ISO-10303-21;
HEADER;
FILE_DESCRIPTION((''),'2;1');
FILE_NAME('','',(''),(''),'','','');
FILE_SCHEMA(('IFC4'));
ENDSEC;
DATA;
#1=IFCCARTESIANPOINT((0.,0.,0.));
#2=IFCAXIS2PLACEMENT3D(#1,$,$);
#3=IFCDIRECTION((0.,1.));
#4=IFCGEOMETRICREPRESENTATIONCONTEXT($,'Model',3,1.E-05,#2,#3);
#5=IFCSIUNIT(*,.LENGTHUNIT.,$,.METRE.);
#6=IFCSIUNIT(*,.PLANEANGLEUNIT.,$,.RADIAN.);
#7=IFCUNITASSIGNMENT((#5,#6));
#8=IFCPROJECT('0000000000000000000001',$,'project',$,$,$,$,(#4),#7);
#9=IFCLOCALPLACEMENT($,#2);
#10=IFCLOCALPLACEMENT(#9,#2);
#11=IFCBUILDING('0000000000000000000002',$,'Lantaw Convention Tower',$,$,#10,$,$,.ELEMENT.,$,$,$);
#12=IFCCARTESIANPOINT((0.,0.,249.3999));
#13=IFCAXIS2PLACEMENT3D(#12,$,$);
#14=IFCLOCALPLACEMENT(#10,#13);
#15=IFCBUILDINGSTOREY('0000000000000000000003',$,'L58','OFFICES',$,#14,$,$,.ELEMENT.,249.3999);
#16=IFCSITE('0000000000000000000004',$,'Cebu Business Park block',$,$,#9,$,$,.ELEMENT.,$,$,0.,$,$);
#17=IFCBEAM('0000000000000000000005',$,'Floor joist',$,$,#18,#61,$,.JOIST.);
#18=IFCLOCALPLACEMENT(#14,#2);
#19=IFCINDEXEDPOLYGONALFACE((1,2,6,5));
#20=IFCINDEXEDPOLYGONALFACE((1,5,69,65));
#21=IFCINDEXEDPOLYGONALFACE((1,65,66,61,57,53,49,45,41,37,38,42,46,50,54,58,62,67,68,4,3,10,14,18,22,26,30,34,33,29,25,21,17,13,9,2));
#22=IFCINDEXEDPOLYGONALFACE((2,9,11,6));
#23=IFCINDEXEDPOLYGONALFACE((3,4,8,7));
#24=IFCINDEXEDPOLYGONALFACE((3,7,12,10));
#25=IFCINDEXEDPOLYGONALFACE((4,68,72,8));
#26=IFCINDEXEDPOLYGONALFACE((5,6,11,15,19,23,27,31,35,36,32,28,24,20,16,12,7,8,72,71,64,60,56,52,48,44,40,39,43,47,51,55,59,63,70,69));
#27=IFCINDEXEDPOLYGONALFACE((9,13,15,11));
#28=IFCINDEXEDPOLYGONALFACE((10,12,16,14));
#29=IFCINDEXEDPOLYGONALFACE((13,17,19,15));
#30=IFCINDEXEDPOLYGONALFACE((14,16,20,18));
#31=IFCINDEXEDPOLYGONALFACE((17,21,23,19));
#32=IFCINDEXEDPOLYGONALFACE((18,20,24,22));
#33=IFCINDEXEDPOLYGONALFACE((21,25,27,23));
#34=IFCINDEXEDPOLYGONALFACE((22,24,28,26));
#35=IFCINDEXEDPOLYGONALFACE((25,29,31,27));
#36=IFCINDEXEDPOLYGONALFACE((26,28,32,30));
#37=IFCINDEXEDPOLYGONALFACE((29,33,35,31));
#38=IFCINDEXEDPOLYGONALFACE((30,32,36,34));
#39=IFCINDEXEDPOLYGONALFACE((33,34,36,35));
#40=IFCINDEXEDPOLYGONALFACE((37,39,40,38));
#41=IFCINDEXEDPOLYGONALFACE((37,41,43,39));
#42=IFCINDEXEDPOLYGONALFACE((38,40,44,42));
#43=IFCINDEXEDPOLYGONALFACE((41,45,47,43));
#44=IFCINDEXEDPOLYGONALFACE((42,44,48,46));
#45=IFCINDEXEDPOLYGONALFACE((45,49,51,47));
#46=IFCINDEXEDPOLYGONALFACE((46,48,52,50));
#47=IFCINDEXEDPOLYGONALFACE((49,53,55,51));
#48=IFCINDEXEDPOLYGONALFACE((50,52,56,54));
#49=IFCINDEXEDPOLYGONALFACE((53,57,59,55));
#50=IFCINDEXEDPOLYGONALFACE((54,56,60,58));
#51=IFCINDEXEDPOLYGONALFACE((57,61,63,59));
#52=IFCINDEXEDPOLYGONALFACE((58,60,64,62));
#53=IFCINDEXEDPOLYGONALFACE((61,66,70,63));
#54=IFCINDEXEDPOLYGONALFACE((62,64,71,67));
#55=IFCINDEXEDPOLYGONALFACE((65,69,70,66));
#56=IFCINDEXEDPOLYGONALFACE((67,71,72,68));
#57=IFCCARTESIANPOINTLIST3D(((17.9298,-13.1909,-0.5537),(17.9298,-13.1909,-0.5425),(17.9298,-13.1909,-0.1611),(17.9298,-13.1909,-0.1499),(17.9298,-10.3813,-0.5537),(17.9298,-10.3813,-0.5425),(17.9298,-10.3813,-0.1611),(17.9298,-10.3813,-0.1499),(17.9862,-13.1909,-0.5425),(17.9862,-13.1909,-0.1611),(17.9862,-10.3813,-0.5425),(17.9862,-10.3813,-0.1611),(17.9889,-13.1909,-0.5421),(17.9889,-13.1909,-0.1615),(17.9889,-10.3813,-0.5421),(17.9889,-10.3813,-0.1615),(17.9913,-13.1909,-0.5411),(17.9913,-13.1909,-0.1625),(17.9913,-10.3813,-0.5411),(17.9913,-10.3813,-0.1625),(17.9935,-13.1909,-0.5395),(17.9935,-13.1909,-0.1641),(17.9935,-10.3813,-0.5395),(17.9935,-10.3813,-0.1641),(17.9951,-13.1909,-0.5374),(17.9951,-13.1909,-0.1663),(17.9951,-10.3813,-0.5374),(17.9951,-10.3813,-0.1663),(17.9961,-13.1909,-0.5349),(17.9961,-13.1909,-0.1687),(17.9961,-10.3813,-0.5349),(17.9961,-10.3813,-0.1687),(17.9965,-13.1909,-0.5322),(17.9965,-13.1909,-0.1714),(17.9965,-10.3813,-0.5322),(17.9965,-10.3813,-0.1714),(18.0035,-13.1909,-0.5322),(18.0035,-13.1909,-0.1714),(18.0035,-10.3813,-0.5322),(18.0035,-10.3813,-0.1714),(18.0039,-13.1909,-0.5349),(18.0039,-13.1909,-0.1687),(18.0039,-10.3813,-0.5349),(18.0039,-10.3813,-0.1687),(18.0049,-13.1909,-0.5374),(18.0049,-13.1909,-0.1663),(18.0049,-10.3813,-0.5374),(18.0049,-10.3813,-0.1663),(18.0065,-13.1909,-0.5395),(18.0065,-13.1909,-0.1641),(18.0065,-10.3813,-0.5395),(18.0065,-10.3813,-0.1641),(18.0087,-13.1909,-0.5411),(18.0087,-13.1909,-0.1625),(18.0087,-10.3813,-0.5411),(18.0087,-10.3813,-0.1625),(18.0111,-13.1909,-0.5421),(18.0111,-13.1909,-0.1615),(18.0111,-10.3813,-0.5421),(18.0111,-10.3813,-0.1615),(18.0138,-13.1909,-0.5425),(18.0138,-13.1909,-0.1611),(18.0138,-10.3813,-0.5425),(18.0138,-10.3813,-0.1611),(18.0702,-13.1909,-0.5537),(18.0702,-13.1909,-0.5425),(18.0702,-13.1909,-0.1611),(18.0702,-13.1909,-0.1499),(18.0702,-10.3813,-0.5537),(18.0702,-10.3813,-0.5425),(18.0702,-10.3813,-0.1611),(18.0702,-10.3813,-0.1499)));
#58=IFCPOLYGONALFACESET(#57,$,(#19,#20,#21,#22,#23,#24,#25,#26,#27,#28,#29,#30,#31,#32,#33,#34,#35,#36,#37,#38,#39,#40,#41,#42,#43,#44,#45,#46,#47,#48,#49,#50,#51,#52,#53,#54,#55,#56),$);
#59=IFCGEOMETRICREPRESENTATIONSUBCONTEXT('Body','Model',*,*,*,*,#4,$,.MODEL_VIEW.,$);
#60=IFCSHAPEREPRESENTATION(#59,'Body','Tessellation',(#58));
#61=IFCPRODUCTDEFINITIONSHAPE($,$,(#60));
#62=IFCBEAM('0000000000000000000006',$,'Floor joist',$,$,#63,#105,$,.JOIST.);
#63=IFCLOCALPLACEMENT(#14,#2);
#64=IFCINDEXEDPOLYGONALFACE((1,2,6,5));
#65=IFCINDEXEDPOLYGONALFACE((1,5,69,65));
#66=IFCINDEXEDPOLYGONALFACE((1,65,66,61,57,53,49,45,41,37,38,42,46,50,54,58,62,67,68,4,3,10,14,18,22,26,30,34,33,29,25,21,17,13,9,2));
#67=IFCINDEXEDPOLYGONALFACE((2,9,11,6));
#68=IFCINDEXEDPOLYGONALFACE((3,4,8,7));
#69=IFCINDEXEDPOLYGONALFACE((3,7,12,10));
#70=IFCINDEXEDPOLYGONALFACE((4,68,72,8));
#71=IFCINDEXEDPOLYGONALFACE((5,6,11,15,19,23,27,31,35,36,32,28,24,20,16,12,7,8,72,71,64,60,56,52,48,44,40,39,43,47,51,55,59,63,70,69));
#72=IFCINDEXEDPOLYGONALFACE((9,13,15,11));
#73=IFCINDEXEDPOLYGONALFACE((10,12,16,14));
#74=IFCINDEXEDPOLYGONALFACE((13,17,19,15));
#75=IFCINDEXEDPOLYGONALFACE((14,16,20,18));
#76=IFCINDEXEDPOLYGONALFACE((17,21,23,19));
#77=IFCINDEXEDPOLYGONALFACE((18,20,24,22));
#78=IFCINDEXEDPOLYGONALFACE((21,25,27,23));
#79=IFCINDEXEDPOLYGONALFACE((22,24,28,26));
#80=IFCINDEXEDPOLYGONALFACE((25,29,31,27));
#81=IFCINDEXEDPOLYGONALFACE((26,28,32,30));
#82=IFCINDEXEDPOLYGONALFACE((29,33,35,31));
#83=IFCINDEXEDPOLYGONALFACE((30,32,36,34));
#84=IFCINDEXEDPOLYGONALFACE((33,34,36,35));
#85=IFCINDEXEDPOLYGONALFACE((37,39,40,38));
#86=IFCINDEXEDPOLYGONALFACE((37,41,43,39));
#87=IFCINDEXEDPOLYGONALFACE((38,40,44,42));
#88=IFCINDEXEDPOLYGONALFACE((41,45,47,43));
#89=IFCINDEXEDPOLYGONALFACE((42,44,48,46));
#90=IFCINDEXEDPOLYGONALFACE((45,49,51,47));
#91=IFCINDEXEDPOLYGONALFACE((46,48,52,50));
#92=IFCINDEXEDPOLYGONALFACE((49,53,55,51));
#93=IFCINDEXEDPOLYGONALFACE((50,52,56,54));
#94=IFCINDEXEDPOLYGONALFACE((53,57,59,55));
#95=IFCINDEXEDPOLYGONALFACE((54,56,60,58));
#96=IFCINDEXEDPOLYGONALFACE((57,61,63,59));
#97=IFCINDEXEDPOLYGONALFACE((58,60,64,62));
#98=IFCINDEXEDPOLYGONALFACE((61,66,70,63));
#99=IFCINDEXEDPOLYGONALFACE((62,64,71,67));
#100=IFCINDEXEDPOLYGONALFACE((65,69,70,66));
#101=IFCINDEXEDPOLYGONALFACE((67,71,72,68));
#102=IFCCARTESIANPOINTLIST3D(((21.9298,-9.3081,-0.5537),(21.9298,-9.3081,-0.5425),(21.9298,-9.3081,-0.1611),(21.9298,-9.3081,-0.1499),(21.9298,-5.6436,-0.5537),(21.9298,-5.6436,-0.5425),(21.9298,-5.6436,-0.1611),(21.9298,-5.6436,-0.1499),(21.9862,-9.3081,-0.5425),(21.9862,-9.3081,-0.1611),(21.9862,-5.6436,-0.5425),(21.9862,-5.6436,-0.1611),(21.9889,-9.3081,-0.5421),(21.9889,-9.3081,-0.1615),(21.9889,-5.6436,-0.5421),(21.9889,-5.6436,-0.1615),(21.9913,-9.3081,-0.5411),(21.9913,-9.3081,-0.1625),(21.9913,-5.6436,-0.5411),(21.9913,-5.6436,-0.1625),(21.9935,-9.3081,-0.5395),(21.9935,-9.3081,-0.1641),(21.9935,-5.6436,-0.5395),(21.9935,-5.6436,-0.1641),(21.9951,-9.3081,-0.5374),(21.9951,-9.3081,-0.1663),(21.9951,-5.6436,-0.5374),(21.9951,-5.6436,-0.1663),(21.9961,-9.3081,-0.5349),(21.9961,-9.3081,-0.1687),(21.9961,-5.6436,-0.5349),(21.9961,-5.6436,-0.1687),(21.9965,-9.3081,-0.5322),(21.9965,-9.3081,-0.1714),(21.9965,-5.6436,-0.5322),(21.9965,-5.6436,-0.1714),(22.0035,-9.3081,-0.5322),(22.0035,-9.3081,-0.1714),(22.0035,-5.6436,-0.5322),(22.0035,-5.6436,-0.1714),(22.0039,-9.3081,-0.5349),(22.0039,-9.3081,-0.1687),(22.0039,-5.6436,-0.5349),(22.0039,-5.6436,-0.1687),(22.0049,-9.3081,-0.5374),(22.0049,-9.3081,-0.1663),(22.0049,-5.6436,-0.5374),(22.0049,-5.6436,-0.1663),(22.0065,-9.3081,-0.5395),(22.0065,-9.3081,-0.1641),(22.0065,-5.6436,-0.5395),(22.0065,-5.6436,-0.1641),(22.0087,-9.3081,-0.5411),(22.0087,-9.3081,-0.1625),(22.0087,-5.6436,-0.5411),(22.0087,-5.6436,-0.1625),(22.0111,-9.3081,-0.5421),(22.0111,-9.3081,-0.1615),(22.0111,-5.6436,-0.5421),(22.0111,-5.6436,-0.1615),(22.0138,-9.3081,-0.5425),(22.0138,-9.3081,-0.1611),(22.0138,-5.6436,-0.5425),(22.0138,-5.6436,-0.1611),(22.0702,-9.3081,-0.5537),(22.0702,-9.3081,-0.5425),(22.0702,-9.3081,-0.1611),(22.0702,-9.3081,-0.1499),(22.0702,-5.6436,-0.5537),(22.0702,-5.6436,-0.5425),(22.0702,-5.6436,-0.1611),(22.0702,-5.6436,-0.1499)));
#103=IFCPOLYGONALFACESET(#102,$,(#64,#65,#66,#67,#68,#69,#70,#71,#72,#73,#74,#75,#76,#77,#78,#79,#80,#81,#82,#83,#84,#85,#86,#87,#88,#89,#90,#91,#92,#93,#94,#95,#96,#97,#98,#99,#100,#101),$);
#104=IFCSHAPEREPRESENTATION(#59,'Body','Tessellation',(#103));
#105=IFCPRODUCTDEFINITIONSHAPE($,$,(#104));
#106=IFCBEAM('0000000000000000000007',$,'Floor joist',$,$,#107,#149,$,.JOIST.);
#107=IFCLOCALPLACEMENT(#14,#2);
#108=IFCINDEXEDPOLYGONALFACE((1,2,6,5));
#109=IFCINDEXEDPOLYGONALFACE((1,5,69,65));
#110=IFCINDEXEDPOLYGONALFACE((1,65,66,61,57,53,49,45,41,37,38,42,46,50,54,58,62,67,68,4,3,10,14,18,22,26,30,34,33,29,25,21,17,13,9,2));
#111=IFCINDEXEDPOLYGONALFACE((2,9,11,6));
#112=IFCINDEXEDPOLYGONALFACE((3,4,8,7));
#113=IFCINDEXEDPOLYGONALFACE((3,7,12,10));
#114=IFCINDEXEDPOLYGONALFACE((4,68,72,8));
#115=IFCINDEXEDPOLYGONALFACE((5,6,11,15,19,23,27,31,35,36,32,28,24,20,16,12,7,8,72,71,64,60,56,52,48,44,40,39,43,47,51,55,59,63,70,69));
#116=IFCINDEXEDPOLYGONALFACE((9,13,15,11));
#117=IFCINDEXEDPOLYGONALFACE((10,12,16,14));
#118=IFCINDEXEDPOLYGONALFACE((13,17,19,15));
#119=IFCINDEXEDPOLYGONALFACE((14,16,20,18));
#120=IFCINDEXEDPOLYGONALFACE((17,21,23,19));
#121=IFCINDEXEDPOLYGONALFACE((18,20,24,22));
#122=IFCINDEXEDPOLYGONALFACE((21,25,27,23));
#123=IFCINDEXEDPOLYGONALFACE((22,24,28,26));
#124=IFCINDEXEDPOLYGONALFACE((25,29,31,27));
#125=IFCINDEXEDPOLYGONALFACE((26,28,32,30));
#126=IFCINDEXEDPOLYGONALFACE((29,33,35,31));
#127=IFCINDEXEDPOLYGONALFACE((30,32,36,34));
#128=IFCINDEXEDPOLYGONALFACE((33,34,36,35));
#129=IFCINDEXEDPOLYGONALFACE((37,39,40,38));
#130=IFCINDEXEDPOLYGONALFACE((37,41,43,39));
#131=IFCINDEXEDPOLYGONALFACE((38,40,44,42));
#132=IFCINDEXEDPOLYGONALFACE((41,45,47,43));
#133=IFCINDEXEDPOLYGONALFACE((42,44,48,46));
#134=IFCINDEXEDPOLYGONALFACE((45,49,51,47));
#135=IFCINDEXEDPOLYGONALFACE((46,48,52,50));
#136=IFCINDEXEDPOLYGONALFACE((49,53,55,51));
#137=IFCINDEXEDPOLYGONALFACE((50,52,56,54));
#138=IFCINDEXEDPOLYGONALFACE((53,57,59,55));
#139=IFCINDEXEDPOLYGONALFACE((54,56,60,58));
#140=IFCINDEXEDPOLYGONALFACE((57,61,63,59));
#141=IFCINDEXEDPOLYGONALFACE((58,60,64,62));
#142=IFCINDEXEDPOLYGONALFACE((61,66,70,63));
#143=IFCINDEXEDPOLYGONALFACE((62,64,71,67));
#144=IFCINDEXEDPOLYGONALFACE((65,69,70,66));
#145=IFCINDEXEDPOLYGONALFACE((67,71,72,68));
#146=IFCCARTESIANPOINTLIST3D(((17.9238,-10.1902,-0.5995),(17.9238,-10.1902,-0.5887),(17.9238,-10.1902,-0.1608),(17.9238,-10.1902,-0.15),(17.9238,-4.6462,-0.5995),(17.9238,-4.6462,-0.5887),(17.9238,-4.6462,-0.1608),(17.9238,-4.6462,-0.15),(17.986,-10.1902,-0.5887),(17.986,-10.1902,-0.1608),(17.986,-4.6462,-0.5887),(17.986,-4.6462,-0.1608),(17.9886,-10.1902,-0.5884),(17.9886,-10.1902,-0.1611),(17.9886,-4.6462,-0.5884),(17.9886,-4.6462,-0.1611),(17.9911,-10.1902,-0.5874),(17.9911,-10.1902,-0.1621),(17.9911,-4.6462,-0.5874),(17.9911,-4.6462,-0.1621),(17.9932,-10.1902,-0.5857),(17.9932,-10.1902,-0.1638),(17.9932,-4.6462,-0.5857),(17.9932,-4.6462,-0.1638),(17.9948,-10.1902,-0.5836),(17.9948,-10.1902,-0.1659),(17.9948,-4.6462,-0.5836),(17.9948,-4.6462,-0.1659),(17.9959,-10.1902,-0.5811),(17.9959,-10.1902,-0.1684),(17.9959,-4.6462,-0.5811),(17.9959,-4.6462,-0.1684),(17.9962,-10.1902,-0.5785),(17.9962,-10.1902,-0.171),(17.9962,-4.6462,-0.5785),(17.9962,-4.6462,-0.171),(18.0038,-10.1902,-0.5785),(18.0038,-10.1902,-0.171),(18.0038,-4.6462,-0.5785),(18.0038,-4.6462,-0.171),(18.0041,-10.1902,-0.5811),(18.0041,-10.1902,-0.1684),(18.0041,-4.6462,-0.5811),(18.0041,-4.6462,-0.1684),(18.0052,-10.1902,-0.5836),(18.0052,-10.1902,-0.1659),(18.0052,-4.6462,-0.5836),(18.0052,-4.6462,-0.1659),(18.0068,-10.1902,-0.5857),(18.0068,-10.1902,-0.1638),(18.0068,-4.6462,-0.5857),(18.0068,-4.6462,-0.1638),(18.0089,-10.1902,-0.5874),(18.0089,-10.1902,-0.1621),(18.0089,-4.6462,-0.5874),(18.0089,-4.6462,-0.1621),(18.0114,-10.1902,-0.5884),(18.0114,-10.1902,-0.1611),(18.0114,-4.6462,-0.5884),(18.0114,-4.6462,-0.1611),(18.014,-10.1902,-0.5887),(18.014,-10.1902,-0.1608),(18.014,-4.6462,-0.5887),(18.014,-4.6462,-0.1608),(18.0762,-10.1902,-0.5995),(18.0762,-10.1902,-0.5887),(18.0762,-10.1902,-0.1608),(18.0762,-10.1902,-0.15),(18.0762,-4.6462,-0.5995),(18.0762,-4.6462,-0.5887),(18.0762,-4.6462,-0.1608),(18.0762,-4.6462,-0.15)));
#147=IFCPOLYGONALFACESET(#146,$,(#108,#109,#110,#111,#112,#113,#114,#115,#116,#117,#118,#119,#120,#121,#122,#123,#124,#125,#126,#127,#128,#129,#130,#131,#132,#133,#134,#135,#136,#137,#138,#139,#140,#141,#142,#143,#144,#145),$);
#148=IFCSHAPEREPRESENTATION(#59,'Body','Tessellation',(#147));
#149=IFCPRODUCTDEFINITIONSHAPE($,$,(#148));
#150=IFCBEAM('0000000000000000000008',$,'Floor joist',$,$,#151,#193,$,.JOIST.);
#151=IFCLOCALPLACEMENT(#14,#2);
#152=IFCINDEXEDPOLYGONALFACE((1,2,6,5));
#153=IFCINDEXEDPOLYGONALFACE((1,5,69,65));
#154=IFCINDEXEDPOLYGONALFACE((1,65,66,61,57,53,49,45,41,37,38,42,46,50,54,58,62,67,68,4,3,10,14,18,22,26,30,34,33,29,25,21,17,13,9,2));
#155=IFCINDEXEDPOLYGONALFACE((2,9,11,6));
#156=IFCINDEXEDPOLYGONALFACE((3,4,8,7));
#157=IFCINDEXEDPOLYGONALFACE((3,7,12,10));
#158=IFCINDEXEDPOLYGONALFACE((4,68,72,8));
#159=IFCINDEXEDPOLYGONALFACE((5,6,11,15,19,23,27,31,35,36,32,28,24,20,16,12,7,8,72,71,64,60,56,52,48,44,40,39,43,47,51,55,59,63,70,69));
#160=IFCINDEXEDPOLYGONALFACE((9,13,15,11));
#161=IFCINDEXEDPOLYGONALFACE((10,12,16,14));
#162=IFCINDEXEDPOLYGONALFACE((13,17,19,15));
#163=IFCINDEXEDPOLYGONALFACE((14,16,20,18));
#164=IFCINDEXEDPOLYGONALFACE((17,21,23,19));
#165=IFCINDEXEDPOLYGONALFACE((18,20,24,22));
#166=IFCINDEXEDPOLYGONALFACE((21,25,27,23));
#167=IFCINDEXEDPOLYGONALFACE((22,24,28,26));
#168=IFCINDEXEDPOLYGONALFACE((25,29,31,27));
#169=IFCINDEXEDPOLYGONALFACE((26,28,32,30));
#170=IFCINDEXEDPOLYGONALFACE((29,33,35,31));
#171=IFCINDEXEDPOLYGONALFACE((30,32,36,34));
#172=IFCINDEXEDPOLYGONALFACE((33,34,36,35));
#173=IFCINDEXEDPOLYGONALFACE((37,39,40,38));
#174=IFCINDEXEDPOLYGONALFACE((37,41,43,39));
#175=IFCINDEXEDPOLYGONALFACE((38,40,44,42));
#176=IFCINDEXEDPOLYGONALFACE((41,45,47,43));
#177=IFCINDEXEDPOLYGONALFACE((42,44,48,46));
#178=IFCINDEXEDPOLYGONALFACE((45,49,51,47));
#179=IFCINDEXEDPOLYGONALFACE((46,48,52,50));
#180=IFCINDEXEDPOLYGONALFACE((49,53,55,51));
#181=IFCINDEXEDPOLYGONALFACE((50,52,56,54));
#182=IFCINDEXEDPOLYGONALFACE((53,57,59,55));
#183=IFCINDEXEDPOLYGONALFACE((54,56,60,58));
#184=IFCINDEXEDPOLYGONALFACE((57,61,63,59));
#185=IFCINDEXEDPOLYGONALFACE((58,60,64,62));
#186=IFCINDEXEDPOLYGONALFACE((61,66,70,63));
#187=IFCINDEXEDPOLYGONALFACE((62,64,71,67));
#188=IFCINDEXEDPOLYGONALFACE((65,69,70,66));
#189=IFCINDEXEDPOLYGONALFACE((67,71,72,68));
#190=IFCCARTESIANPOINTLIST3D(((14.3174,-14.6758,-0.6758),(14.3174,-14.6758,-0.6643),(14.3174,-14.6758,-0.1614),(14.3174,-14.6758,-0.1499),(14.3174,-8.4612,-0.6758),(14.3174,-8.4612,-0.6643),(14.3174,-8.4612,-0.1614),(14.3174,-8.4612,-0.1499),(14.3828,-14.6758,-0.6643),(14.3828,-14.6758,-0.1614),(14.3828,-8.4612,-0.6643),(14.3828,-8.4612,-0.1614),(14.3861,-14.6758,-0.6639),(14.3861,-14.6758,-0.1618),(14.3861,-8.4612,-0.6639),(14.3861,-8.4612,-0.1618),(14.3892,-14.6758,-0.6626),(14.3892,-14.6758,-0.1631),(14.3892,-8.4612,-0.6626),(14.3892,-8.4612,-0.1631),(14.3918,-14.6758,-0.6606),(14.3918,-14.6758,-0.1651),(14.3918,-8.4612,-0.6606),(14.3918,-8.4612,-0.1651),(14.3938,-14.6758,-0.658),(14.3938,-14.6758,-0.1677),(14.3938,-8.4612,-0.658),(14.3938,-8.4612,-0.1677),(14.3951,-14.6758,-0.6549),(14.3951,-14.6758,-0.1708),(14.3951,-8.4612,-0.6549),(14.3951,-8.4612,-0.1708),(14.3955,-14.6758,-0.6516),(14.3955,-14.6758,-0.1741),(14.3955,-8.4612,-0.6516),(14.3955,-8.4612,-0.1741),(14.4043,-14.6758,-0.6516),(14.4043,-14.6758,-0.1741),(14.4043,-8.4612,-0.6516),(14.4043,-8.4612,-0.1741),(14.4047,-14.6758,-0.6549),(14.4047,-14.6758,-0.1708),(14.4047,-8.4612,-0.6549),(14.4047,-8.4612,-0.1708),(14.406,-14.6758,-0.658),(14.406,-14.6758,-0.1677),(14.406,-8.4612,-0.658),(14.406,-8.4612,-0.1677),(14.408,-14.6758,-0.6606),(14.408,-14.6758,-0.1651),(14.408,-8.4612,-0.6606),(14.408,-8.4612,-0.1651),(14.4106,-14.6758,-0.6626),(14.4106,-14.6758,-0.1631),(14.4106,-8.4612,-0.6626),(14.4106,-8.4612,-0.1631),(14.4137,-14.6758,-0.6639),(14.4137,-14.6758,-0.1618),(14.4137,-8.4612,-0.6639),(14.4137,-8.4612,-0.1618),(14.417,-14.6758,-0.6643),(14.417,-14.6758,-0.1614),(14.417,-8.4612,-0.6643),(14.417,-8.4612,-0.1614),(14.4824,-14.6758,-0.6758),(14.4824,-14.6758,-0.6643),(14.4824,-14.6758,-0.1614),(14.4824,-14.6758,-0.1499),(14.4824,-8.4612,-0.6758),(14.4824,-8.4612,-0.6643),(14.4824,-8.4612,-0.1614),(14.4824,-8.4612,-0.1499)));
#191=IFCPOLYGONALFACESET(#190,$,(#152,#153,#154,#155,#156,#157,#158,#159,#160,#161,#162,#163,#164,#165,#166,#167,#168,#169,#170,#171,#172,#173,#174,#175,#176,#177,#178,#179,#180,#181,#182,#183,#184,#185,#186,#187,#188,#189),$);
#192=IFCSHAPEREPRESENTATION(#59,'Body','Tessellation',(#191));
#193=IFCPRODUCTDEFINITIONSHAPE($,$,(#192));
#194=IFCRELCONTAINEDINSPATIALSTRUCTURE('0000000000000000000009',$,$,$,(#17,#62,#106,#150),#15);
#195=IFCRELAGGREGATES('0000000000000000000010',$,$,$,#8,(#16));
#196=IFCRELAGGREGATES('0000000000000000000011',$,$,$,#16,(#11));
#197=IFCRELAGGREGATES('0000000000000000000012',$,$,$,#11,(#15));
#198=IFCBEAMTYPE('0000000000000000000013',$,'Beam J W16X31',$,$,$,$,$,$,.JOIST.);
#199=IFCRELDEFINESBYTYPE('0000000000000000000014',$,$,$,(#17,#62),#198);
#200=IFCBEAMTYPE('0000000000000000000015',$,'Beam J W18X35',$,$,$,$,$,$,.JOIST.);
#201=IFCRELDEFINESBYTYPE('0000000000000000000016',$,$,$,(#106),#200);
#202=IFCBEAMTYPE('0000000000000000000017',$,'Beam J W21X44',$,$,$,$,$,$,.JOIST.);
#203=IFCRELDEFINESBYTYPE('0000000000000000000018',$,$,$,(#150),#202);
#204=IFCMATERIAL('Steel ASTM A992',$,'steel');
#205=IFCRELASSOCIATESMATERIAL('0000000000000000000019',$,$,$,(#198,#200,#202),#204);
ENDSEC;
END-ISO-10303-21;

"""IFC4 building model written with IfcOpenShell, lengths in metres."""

from ifc_helpers import new_model, si_unit, direction, frame, origin, origin_2d, place, context, subcontext, project, spatial, i_section, extrude, material, material_profile, profile_set, type_object, element, save


model = new_model("IFC4")

# Units and contexts
model_context = context("Model", 3, precision=1e-05, world=origin(), true_north=direction((0.0, 1.0)))
body_context = subcontext(model_context, "Body", "Model", "MODEL_VIEW")
ifc_project = project(units=[si_unit("LENGTHUNIT", "METRE"), si_unit("PLANEANGLEUNIT", "RADIAN")], contexts=[model_context])

# Site, building, storey
site_placement = place(None, origin())
site = spatial("IfcSite", under=ifc_project, at=site_placement, Name="Cebu Business Park block", CompositionType="ELEMENT", RefElevation=0.0)
building_placement = place(site_placement, origin())
building = spatial("IfcBuilding", under=site, at=building_placement, Name="Lantaw Convention Tower", CompositionType="ELEMENT")
storey_placement = place(building_placement, frame((0.0, 0.0, 249.3999)))
storey = spatial("IfcBuildingStorey", under=building, at=storey_placement, Name="L58", Description="OFFICES", CompositionType="ELEMENT", Elevation=249.3999)

# Beams
ifc_material_1 = material(Name="Steel ASTM A992", Category="steel")
ifc_material_profile_1 = material_profile(ifc_material_1, i_section(OverallWidth=0.1404, OverallDepth=0.4038, WebThickness=0.0071, FlangeThickness=0.0112, FilletRadius=0.0103, at=origin_2d()), Name="W16X31")
ifc_profile_set_1 = profile_set([ifc_material_profile_1], Name="Steel ASTM A992")
beam_type_1 = type_object("IfcBeamType", Name="Beam J W16X31", PredefinedType="JOIST", material=ifc_profile_set_1)
beam_1_placement = place(storey_placement, frame((18.0, -13.1909, -0.3518), z_axis=(0.0, 1.0, 0.0), x_axis=(-1.0, 0.0, 0.0)))
element("IfcBeam", 1, at=beam_1_placement, inside=storey, type_object=beam_type_1, Name="Floor joist", PredefinedType="JOIST", context=body_context, shape_type="SweptSolid", body=[
    extrude(i_section(OverallWidth=0.1404, OverallDepth=0.4038, WebThickness=0.0071, FlangeThickness=0.0112, FilletRadius=0.0103, at=origin_2d()), origin(), (0.0, 0.0, 1.0), 2.8096),
])
beam_2_placement = place(storey_placement, frame((22.0, -9.3081, -0.3518), z_axis=(0.0, 1.0, 0.0), x_axis=(-1.0, 0.0, 0.0)))
element("IfcBeam", 2, at=beam_2_placement, inside=storey, type_object=beam_type_1, Name="Floor joist", PredefinedType="JOIST", context=body_context, shape_type="SweptSolid", body=[
    extrude(i_section(OverallWidth=0.1404, OverallDepth=0.4038, WebThickness=0.0071, FlangeThickness=0.0112, FilletRadius=0.0103, at=origin_2d()), origin(), (0.0, 0.0, 1.0), 3.6646),
])
ifc_material_profile_2 = material_profile(ifc_material_1, i_section(OverallWidth=0.1523, OverallDepth=0.4495, WebThickness=0.0076, FlangeThickness=0.0107, FilletRadius=0.0103, at=origin_2d()), Name="W18X35")
ifc_profile_set_2 = profile_set([ifc_material_profile_2], Name="Steel ASTM A992")
beam_type_2 = type_object("IfcBeamType", Name="Beam J W18X35", PredefinedType="JOIST", material=ifc_profile_set_2)
beam_3_placement = place(storey_placement, frame((18.0, -10.1902, -0.3748), z_axis=(0.0, 1.0, 0.0), x_axis=(-1.0, 0.0, 0.0)))
element("IfcBeam", 3, at=beam_3_placement, inside=storey, type_object=beam_type_2, Name="Floor joist", PredefinedType="JOIST", context=body_context, shape_type="SweptSolid", body=[
    extrude(i_section(OverallWidth=0.1523, OverallDepth=0.4495, WebThickness=0.0076, FlangeThickness=0.0107, FilletRadius=0.0103, at=origin_2d()), origin(), (0.0, 0.0, 1.0), 5.5439),
])
ifc_material_profile_3 = material_profile(ifc_material_1, i_section(OverallWidth=0.165, OverallDepth=0.5259, WebThickness=0.0088, FlangeThickness=0.0115, FilletRadius=0.0127, at=origin_2d()), Name="W21X44")
ifc_profile_set_3 = profile_set([ifc_material_profile_3], Name="Steel ASTM A992")
beam_type_3 = type_object("IfcBeamType", Name="Beam J W21X44", PredefinedType="JOIST", material=ifc_profile_set_3)
beam_4_placement = place(storey_placement, frame((14.3999, -14.6758, -0.4128), z_axis=(0.0, 1.0, 0.0), x_axis=(-1.0, 0.0, 0.0)))
element("IfcBeam", 4, at=beam_4_placement, inside=storey, type_object=beam_type_3, Name="Floor joist", PredefinedType="JOIST", context=body_context, shape_type="SweptSolid", body=[
    extrude(i_section(OverallWidth=0.165, OverallDepth=0.5259, WebThickness=0.0088, FlangeThickness=0.0115, FilletRadius=0.0127, at=origin_2d()), origin(), (0.0, 0.0, 1.0), 6.2146),
])

save(model, "model.ifc")
